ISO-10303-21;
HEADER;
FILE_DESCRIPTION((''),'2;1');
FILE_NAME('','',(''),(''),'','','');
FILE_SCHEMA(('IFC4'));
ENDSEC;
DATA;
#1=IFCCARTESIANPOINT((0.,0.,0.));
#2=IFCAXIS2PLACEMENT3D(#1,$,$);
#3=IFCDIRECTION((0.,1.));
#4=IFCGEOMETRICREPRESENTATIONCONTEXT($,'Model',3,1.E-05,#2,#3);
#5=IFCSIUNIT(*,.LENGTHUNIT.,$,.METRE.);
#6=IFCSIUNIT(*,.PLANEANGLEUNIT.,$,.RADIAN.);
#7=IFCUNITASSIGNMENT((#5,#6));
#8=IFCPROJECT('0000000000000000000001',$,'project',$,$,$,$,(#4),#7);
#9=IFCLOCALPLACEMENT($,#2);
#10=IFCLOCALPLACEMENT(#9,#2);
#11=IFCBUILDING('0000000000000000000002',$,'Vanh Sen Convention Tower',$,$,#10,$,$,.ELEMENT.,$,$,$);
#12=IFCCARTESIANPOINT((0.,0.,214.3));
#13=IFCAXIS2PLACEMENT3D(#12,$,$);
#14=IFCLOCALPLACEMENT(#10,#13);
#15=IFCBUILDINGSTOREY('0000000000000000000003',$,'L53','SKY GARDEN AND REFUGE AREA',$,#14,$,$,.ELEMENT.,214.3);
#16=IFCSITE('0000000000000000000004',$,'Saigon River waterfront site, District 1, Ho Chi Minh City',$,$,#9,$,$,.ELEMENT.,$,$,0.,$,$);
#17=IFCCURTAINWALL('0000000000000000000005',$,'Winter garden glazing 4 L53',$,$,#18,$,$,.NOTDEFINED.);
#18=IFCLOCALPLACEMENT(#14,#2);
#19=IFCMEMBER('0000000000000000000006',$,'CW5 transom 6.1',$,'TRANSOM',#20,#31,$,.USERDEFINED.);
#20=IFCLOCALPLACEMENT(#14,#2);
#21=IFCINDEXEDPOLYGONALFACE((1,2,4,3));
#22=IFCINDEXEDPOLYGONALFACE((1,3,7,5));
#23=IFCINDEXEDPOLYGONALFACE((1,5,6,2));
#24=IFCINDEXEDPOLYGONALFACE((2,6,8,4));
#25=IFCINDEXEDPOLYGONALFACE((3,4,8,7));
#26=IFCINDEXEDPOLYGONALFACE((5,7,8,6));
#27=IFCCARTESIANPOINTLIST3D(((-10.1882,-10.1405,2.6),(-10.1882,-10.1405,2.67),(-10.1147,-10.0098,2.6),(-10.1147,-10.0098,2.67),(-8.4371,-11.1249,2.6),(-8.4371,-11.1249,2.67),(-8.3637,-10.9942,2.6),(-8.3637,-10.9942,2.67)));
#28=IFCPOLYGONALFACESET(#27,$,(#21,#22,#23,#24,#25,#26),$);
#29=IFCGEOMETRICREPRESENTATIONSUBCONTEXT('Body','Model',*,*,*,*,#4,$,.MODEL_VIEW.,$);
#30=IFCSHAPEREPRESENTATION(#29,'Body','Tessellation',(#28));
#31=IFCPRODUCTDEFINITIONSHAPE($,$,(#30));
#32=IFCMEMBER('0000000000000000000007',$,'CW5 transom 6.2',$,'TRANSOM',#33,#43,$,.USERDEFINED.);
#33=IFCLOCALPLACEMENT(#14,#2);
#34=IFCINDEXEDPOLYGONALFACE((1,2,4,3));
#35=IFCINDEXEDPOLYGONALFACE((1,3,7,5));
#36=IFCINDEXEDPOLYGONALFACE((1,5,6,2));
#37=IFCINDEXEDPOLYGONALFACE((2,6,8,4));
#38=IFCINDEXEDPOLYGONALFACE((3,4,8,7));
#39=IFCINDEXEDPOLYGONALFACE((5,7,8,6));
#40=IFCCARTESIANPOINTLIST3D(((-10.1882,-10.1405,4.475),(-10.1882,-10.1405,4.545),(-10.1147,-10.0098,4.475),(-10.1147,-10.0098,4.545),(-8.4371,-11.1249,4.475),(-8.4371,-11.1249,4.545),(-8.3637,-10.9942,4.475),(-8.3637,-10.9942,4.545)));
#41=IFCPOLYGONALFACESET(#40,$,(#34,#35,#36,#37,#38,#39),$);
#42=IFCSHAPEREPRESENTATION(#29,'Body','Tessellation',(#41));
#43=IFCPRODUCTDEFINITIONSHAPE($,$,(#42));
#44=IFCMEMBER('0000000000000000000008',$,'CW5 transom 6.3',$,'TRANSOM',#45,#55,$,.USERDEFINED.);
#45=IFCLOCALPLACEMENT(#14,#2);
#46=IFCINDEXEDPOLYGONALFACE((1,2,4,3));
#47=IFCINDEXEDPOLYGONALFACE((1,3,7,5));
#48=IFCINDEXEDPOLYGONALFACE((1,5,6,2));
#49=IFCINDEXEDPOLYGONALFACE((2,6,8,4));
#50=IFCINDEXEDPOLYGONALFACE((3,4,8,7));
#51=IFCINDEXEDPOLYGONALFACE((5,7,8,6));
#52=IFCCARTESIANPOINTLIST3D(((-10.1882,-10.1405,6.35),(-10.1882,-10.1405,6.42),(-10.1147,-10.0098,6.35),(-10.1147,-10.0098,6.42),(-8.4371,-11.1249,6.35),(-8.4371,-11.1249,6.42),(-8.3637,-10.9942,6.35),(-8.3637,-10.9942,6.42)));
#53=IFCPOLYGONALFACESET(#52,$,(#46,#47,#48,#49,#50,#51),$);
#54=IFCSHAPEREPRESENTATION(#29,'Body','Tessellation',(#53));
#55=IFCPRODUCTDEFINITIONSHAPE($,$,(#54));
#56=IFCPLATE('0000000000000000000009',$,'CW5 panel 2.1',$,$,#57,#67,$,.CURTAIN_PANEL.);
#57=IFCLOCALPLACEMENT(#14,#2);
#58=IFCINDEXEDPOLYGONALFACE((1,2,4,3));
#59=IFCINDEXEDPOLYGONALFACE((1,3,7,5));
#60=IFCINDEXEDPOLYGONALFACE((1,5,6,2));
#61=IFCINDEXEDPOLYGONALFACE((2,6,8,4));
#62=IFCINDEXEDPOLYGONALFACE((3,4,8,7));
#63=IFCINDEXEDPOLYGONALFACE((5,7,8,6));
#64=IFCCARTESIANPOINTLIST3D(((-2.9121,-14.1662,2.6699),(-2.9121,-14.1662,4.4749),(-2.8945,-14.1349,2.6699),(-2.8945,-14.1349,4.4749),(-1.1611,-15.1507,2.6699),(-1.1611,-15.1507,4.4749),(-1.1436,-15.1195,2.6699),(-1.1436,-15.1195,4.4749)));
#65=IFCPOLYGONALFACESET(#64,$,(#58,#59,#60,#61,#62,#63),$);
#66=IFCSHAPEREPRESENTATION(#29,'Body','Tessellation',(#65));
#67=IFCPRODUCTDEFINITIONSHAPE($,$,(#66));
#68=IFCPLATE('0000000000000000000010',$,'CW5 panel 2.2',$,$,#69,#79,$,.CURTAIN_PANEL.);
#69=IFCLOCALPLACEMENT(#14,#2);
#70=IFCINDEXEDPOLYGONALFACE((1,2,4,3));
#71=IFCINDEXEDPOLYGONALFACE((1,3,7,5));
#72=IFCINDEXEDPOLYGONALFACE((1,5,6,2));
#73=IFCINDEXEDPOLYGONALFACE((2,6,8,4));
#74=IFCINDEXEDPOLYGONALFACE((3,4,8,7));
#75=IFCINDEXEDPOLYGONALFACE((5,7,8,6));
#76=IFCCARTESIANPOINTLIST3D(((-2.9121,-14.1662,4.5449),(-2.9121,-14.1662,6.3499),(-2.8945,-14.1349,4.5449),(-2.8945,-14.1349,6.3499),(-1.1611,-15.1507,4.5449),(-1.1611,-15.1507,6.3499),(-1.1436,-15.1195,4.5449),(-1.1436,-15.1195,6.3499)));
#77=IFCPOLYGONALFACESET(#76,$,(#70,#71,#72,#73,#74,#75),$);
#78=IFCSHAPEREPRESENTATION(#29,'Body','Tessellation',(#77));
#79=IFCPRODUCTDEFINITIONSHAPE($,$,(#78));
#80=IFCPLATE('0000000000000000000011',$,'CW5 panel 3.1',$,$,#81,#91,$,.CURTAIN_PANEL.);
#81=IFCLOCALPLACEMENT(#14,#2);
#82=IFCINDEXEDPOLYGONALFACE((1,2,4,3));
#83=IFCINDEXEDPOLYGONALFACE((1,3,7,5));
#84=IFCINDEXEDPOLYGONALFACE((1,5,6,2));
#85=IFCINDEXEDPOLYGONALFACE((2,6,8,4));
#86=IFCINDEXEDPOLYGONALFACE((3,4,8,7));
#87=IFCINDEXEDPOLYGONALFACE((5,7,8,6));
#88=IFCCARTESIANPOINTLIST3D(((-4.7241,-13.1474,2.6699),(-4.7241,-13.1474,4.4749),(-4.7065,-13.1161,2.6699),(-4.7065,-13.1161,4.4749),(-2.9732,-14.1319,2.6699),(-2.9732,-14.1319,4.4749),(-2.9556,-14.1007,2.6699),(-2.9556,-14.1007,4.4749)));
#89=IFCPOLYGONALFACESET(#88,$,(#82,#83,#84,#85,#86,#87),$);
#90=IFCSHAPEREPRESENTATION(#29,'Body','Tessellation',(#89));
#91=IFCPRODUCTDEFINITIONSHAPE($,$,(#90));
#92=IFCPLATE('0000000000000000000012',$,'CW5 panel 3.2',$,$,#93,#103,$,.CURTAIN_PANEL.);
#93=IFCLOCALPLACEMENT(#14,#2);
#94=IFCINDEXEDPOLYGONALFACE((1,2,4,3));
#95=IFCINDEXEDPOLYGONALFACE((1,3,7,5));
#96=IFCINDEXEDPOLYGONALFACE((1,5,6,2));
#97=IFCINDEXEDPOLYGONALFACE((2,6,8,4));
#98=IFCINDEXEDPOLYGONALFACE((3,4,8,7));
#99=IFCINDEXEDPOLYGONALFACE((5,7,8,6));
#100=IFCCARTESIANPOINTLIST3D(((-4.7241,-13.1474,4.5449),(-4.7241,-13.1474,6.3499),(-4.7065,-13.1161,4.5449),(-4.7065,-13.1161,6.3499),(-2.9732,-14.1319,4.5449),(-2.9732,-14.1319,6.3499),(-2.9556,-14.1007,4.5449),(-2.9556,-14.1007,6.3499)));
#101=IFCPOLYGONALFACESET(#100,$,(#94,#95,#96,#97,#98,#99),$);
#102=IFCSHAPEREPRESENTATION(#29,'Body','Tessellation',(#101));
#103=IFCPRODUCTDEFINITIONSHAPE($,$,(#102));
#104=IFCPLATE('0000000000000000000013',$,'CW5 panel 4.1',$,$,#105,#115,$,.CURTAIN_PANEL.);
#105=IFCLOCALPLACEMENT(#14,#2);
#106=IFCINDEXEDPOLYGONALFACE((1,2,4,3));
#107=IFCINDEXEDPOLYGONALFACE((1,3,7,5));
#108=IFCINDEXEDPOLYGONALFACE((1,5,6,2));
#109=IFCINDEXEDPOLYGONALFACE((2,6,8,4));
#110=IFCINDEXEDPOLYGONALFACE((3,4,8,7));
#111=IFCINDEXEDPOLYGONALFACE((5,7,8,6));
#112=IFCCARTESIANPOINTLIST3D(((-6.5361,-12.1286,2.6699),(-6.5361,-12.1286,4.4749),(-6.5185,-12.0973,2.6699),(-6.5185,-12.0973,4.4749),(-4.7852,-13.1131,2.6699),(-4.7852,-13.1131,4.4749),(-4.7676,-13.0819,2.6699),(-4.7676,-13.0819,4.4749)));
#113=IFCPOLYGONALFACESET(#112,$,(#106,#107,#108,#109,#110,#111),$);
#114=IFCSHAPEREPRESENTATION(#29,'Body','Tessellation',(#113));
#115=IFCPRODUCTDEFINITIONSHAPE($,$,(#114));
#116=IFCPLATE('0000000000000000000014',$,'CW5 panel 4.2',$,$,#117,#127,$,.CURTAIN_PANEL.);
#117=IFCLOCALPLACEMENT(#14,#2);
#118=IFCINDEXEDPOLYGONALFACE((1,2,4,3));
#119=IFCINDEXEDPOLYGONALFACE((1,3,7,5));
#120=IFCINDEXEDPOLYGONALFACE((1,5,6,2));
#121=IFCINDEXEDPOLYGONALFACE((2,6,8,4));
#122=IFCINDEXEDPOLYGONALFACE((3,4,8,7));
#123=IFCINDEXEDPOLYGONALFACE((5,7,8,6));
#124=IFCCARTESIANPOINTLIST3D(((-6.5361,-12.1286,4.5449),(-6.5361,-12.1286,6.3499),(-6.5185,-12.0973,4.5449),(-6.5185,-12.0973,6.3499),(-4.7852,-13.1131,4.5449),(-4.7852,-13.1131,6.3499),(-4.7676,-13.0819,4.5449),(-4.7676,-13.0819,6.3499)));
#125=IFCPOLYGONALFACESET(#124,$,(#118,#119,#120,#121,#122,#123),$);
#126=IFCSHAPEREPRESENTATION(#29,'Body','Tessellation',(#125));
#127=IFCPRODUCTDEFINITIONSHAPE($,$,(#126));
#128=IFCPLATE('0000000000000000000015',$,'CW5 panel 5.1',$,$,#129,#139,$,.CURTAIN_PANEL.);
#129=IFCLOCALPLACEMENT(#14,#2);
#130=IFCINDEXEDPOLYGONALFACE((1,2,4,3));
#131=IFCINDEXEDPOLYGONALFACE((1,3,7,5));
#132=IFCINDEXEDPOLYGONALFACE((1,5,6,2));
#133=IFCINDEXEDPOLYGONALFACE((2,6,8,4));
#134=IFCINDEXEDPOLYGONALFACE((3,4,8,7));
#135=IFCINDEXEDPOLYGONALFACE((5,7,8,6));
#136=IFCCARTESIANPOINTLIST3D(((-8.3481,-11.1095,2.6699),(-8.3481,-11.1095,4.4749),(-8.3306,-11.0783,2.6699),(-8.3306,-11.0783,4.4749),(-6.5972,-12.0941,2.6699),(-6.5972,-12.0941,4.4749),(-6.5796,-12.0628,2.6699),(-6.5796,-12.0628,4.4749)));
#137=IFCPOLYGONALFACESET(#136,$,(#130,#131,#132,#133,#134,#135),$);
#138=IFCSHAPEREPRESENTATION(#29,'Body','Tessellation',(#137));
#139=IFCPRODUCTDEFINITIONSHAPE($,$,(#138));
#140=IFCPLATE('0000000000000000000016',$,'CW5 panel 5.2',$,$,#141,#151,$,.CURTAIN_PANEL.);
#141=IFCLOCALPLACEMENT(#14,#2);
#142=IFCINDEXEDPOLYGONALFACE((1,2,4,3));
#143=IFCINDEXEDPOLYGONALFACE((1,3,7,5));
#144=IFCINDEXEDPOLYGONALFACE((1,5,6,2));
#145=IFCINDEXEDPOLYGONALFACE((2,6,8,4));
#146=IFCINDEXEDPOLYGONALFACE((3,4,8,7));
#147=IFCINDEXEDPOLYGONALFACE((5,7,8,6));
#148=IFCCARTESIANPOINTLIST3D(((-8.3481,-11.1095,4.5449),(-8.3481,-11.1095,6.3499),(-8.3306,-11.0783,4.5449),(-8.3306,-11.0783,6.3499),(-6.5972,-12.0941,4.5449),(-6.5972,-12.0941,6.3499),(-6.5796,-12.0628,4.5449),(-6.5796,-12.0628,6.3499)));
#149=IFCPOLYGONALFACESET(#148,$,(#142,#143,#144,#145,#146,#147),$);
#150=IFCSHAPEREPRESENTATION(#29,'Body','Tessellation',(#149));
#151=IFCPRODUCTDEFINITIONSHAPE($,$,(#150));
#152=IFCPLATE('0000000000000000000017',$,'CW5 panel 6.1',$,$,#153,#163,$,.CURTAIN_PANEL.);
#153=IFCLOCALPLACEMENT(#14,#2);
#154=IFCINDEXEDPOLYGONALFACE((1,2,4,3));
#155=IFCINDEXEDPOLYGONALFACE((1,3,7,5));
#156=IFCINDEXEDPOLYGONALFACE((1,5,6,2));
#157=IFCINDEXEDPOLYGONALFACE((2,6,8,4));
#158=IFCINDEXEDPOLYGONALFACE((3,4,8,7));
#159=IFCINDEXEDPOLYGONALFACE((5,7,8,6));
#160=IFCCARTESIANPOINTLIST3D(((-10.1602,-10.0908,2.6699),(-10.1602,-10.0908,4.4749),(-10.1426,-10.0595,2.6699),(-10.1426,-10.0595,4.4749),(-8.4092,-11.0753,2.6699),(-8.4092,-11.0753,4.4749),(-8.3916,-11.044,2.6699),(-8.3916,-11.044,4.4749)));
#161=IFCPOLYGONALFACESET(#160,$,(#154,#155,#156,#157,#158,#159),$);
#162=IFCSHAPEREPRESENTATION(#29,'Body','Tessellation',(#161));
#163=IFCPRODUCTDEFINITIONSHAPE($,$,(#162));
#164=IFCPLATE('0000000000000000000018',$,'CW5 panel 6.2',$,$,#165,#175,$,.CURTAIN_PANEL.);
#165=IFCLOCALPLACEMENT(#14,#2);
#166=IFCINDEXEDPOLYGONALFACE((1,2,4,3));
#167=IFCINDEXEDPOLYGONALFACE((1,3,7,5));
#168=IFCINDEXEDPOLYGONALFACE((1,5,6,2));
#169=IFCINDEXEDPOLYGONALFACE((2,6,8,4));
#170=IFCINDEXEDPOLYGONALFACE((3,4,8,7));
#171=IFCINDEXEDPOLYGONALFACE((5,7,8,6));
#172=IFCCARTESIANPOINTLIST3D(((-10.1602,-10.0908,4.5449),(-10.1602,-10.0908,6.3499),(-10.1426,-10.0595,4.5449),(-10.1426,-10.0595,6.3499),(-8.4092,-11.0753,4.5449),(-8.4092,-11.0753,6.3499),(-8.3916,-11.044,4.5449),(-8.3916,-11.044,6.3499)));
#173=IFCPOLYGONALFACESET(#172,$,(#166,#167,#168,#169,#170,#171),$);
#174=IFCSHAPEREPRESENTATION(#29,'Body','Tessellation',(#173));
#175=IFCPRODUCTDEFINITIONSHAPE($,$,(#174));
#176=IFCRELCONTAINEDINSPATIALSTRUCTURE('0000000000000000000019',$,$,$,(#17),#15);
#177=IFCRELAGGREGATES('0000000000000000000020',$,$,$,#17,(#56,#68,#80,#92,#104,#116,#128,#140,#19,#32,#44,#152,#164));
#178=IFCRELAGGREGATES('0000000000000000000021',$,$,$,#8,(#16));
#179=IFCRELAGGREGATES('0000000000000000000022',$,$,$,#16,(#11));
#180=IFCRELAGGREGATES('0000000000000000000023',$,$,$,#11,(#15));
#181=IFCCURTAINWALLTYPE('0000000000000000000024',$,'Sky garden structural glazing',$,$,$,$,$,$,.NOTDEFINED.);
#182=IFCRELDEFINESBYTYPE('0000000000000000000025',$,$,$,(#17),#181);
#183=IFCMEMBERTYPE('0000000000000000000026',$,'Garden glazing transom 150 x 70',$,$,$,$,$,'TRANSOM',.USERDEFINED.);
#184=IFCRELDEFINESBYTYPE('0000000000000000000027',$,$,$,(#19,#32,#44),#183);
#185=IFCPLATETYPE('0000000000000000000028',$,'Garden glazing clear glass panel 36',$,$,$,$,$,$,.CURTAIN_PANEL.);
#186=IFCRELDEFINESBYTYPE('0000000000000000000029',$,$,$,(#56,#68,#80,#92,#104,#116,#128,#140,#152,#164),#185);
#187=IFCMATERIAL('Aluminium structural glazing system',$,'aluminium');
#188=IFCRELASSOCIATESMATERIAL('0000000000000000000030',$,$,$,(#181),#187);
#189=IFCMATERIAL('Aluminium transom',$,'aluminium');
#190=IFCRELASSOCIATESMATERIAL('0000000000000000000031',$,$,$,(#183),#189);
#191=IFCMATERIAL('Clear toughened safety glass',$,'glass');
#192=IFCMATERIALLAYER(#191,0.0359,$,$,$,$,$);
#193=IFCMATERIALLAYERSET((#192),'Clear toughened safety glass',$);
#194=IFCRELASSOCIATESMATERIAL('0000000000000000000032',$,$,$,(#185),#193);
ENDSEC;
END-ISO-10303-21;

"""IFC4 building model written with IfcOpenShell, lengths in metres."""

from ifc_helpers import new_model, si_unit, direction, frame, origin, origin_2d, place, context, subcontext, project, spatial, rectangle, extrude, material, layer, layer_set, material_profile, profile_set, type_object, element, aggregate, save


model = new_model("IFC4")

# Units and contexts
model_context = context("Model", 3, precision=1e-05, world=origin(), true_north=direction((0.0, 1.0)))
body_context = subcontext(model_context, "Body", "Model", "MODEL_VIEW")
ifc_project = project(units=[si_unit("LENGTHUNIT", "METRE"), si_unit("PLANEANGLEUNIT", "RADIAN")], contexts=[model_context])

# Site, building, storey
site_placement = place(None, origin())
site = spatial("IfcSite", under=ifc_project, at=site_placement, Name="Saigon River waterfront site, District 1, Ho Chi Minh City", CompositionType="ELEMENT", RefElevation=0.0)
building_placement = place(site_placement, origin())
building = spatial("IfcBuilding", under=site, at=building_placement, Name="Vanh Sen Convention Tower", CompositionType="ELEMENT")
storey_placement = place(building_placement, frame((0.0, 0.0, 214.3)))
storey = spatial("IfcBuildingStorey", under=building, at=storey_placement, Name="L53", Description="SKY GARDEN AND REFUGE AREA", CompositionType="ELEMENT", Elevation=214.3)

# Curtain wall, members, plates
ifc_material_1 = material(Name="Aluminium structural glazing system", Category="aluminium")
curtain_wall_type = type_object("IfcCurtainWallType", Name="Sky garden structural glazing", PredefinedType="NOTDEFINED", material=ifc_material_1)
curtain_wall_placement = place(storey_placement, origin())
curtain_wall = element("IfcCurtainWall", 1, at=curtain_wall_placement, inside=storey, type_object=curtain_wall_type, Name="Winter garden glazing 4 L53", PredefinedType="NOTDEFINED")
ifc_material_2 = material(Name="Aluminium transom", Category="aluminium")
ifc_material_profile_1 = material_profile(ifc_material_2, rectangle(XDim=0.1499, YDim=0.0701, at=origin_2d()), Name="Garden glazing transom 150 x 70")
ifc_profile_set_1 = profile_set([ifc_material_profile_1], Name="Aluminium transom")
member_type_1 = type_object("IfcMemberType", Name="Garden glazing transom 150 x 70", ElementType="TRANSOM", PredefinedType="USERDEFINED", material=ifc_profile_set_1)
member_1_placement = place(storey_placement, frame((-8.4004, -11.0596, 2.635), z_axis=(-0.871692, 0.490053, 0.0), x_axis=(-0.490053, -0.871692, 0.0)))
member_1 = element("IfcMember", 2, at=member_1_placement, type_object=member_type_1, Name="CW5 transom 6.1", ObjectType="TRANSOM", PredefinedType="USERDEFINED", context=body_context, shape_type="SweptSolid", body=[
    extrude(rectangle(XDim=0.1499, YDim=0.0701, at=origin_2d()), origin(), (0.0, 0.0, 1.0), 2.0088),
])
member_2_placement = place(storey_placement, frame((-8.4004, -11.0596, 4.51), z_axis=(-0.871692, 0.490053, 0.0), x_axis=(-0.490053, -0.871692, 0.0)))
member_2 = element("IfcMember", 3, at=member_2_placement, type_object=member_type_1, Name="CW5 transom 6.2", ObjectType="TRANSOM", PredefinedType="USERDEFINED", context=body_context, shape_type="SweptSolid", body=[
    extrude(rectangle(XDim=0.1499, YDim=0.0701, at=origin_2d()), origin(), (0.0, 0.0, 1.0), 2.0088),
])
member_3_placement = place(storey_placement, frame((-8.4004, -11.0596, 6.385), z_axis=(-0.871692, 0.490053, 0.0), x_axis=(-0.490053, -0.871692, 0.0)))
member_3 = element("IfcMember", 4, at=member_3_placement, type_object=member_type_1, Name="CW5 transom 6.3", ObjectType="TRANSOM", PredefinedType="USERDEFINED", context=body_context, shape_type="SweptSolid", body=[
    extrude(rectangle(XDim=0.1499, YDim=0.0701, at=origin_2d()), origin(), (0.0, 0.0, 1.0), 2.0088),
])
ifc_material_3 = material(Name="Clear toughened safety glass", Category="glass")
ifc_layer_1 = layer(ifc_material_3, 0.0359)
ifc_layer_set_1 = layer_set([ifc_layer_1], Name="Clear toughened safety glass")
plate_type = type_object("IfcPlateType", Name="Garden glazing clear glass panel 36", PredefinedType="CURTAIN_PANEL", material=ifc_layer_set_1)
plate_1_placement = place(storey_placement, frame((-2.0278, -14.6428, 2.6699), z_axis=(0.0, 0.0, 1.0), x_axis=(-0.871655, 0.49012, 0.0)))
plate_1 = element("IfcPlate", 5, at=plate_1_placement, type_object=plate_type, Name="CW5 panel 2.1", PredefinedType="CURTAIN_PANEL", context=body_context, shape_type="SweptSolid", body=[
    extrude(rectangle(XDim=2.0088, YDim=0.0359, at=origin_2d()), origin(), (0.0, 0.0, 1.0), 1.8049),
])
plate_2_placement = place(storey_placement, frame((-2.0278, -14.6428, 4.5449), z_axis=(0.0, 0.0, 1.0), x_axis=(-0.871655, 0.49012, 0.0)))
plate_2 = element("IfcPlate", 6, at=plate_2_placement, type_object=plate_type, Name="CW5 panel 2.2", PredefinedType="CURTAIN_PANEL", context=body_context, shape_type="SweptSolid", body=[
    extrude(rectangle(XDim=2.0088, YDim=0.0359, at=origin_2d()), origin(), (0.0, 0.0, 1.0), 1.8049),
])
plate_3_placement = place(storey_placement, frame((-3.8398, -13.624, 2.6699), z_axis=(0.0, 0.0, 1.0), x_axis=(-0.871655, 0.49012, 0.0)))
plate_3 = element("IfcPlate", 7, at=plate_3_placement, type_object=plate_type, Name="CW5 panel 3.1", PredefinedType="CURTAIN_PANEL", context=body_context, shape_type="SweptSolid", body=[
    extrude(rectangle(XDim=2.0088, YDim=0.0359, at=origin_2d()), origin(), (0.0, 0.0, 1.0), 1.8049),
])
plate_4_placement = place(storey_placement, frame((-3.8398, -13.624, 4.5449), z_axis=(0.0, 0.0, 1.0), x_axis=(-0.871655, 0.49012, 0.0)))
plate_4 = element("IfcPlate", 8, at=plate_4_placement, type_object=plate_type, Name="CW5 panel 3.2", PredefinedType="CURTAIN_PANEL", context=body_context, shape_type="SweptSolid", body=[
    extrude(rectangle(XDim=2.0088, YDim=0.0359, at=origin_2d()), origin(), (0.0, 0.0, 1.0), 1.8049),
])
plate_5_placement = place(storey_placement, frame((-5.6519, -12.6052, 2.6699), z_axis=(0.0, 0.0, 1.0), x_axis=(-0.871655, 0.49012, 0.0)))
plate_5 = element("IfcPlate", 9, at=plate_5_placement, type_object=plate_type, Name="CW5 panel 4.1", PredefinedType="CURTAIN_PANEL", context=body_context, shape_type="SweptSolid", body=[
    extrude(rectangle(XDim=2.0088, YDim=0.0359, at=origin_2d()), origin(), (0.0, 0.0, 1.0), 1.8049),
])
plate_6_placement = place(storey_placement, frame((-5.6519, -12.6052, 4.5449), z_axis=(0.0, 0.0, 1.0), x_axis=(-0.871655, 0.49012, 0.0)))
plate_6 = element("IfcPlate", 10, at=plate_6_placement, type_object=plate_type, Name="CW5 panel 4.2", PredefinedType="CURTAIN_PANEL", context=body_context, shape_type="SweptSolid", body=[
    extrude(rectangle(XDim=2.0088, YDim=0.0359, at=origin_2d()), origin(), (0.0, 0.0, 1.0), 1.8049),
])
plate_7_placement = place(storey_placement, frame((-7.4639, -11.5862, 2.6699), z_axis=(0.0, 0.0, 1.0), x_axis=(-0.871655, 0.49012, 0.0)))
plate_7 = element("IfcPlate", 11, at=plate_7_placement, type_object=plate_type, Name="CW5 panel 5.1", PredefinedType="CURTAIN_PANEL", context=body_context, shape_type="SweptSolid", body=[
    extrude(rectangle(XDim=2.0088, YDim=0.0359, at=origin_2d()), origin(), (0.0, 0.0, 1.0), 1.8049),
])
plate_8_placement = place(storey_placement, frame((-7.4639, -11.5862, 4.5449), z_axis=(0.0, 0.0, 1.0), x_axis=(-0.871655, 0.49012, 0.0)))
plate_8 = element("IfcPlate", 12, at=plate_8_placement, type_object=plate_type, Name="CW5 panel 5.2", PredefinedType="CURTAIN_PANEL", context=body_context, shape_type="SweptSolid", body=[
    extrude(rectangle(XDim=2.0088, YDim=0.0359, at=origin_2d()), origin(), (0.0, 0.0, 1.0), 1.8049),
])
plate_9_placement = place(storey_placement, frame((-9.2759, -10.5674, 2.6699), z_axis=(0.0, 0.0, 1.0), x_axis=(-0.871655, 0.49012, 0.0)))
plate_9 = element("IfcPlate", 13, at=plate_9_placement, type_object=plate_type, Name="CW5 panel 6.1", PredefinedType="CURTAIN_PANEL", context=body_context, shape_type="SweptSolid", body=[
    extrude(rectangle(XDim=2.0088, YDim=0.0359, at=origin_2d()), origin(), (0.0, 0.0, 1.0), 1.8049),
])
plate_10_placement = place(storey_placement, frame((-9.2759, -10.5674, 4.5449), z_axis=(0.0, 0.0, 1.0), x_axis=(-0.871655, 0.49012, 0.0)))
plate_10 = element("IfcPlate", 14, at=plate_10_placement, type_object=plate_type, Name="CW5 panel 6.2", PredefinedType="CURTAIN_PANEL", context=body_context, shape_type="SweptSolid", body=[
    extrude(rectangle(XDim=2.0088, YDim=0.0359, at=origin_2d()), origin(), (0.0, 0.0, 1.0), 1.8049),
])
aggregate(curtain_wall, [plate_1, plate_2, plate_3, plate_4, plate_5, plate_6, plate_7, plate_8, member_1, member_2, member_3, plate_9, plate_10])

save(model, "model.ifc")
